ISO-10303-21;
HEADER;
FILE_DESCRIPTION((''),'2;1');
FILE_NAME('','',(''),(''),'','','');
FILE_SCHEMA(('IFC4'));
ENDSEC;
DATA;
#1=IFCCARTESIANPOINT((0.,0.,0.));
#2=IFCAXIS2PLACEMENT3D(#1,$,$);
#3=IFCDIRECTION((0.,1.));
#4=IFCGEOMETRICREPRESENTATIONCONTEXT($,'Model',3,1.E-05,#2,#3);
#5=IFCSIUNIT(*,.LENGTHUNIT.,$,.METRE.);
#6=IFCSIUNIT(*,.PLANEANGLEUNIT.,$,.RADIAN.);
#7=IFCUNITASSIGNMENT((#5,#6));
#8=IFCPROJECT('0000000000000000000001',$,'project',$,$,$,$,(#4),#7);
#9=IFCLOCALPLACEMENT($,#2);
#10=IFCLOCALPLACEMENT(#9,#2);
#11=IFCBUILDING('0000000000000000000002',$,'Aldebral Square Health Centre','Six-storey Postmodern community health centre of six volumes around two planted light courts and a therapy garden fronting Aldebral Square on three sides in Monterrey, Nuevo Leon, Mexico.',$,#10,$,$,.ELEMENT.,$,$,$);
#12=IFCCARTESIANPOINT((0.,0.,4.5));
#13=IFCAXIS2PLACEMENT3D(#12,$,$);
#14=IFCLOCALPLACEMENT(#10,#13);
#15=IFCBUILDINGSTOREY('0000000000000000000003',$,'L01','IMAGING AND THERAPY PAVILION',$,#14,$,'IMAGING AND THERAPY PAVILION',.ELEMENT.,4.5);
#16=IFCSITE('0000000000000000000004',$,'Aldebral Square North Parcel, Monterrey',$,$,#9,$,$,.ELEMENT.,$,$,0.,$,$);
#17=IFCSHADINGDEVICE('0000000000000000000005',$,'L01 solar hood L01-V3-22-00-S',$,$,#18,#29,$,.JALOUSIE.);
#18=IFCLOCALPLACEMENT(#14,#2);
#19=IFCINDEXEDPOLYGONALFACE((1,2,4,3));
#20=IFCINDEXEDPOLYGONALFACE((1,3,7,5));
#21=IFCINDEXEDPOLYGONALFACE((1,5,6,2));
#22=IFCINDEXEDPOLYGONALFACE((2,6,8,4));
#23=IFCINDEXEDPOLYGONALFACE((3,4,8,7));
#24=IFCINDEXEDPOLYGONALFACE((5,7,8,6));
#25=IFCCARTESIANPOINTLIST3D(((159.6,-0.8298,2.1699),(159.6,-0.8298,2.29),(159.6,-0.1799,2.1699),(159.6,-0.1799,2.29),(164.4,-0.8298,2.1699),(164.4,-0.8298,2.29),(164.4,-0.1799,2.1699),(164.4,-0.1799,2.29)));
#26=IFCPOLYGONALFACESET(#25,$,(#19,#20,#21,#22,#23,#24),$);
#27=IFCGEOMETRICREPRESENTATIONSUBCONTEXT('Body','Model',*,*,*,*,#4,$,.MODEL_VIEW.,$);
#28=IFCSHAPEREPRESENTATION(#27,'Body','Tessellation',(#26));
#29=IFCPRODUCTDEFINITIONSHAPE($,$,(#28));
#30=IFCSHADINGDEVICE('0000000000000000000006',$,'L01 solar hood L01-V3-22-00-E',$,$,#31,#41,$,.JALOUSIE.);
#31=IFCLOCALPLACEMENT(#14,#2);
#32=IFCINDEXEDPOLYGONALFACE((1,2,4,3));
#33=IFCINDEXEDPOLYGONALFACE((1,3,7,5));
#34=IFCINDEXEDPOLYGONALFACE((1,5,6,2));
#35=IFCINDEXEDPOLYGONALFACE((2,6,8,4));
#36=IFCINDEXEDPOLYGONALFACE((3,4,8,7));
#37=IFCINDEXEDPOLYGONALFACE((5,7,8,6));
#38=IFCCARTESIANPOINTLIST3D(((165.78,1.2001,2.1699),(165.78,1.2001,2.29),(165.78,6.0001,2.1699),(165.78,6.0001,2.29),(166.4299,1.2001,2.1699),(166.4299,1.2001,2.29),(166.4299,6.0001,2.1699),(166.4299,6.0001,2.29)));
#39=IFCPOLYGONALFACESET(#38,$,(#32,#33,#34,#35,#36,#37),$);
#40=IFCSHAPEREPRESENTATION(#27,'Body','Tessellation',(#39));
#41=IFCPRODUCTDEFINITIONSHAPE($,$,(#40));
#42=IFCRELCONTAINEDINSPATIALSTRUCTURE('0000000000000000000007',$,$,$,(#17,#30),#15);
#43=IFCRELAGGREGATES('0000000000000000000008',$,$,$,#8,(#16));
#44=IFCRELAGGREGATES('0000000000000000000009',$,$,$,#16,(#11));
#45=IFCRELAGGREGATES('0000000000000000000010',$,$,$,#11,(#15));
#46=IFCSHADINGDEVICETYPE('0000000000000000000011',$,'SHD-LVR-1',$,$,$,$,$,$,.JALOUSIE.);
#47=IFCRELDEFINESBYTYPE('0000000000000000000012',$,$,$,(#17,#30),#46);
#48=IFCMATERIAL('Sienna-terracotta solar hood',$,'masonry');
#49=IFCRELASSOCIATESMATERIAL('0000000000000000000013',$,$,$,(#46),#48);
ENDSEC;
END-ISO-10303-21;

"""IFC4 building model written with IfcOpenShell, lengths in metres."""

from ifc_helpers import new_model, si_unit, direction, frame, origin, origin_2d, place, context, subcontext, project, spatial, rectangle, extrude, material, type_object, element, save


model = new_model("IFC4")

# Units and contexts
model_context = context("Model", 3, precision=1e-05, world=origin(), true_north=direction((0.0, 1.0)))
body_context = subcontext(model_context, "Body", "Model", "MODEL_VIEW")
ifc_project = project(units=[si_unit("LENGTHUNIT", "METRE"), si_unit("PLANEANGLEUNIT", "RADIAN")], contexts=[model_context])

# Site, building, storey
site_placement = place(None, origin())
site = spatial("IfcSite", under=ifc_project, at=site_placement, Name="Aldebral Square North Parcel, Monterrey", CompositionType="ELEMENT", RefElevation=0.0)
building_placement = place(site_placement, origin())
building = spatial("IfcBuilding", under=site, at=building_placement, Name="Aldebral Square Health Centre", Description="Six-storey Postmodern community health centre of six volumes around two planted light courts and a therapy garden fronting Aldebral Square on three sides in Monterrey, Nuevo Leon, Mexico.", CompositionType="ELEMENT")
storey_placement = place(building_placement, frame((0.0, 0.0, 4.5)))
storey = spatial("IfcBuildingStorey", under=building, at=storey_placement, Name="L01", Description="IMAGING AND THERAPY PAVILION", LongName="IMAGING AND THERAPY PAVILION", CompositionType="ELEMENT", Elevation=4.5)

# Shading devices
ifc_material_1 = material(Name="Sienna-terracotta solar hood", Category="masonry")
shading_device_type = type_object("IfcShadingDeviceType", Name="SHD-LVR-1", PredefinedType="JALOUSIE", material=ifc_material_1)
for number, where, z_axis, x_axis, name in (
    (1, (162.0, -0.5049, 2.1699), (0.0, 0.0, 1.0), (1.0, 0.0, 0.0), "L01 solar hood L01-V3-22-00-S"),
    (2, (166.105, 3.6001, 2.1699), (0.0, 0.0, 1.0), (0.0, 1.0, 0.0), "L01 solar hood L01-V3-22-00-E"),
):
    element("IfcShadingDevice", number, at=place(storey_placement, frame(where, z_axis=z_axis, x_axis=x_axis)), inside=storey, type_object=shading_device_type, Name=name, PredefinedType="JALOUSIE", context=body_context, shape_type="SweptSolid", body=[
        extrude(rectangle(XDim=4.8, YDim=0.6499, at=origin_2d()), origin(), (0.0, 0.0, 1.0), 0.1201),
    ])

save(model, "model.ifc")
